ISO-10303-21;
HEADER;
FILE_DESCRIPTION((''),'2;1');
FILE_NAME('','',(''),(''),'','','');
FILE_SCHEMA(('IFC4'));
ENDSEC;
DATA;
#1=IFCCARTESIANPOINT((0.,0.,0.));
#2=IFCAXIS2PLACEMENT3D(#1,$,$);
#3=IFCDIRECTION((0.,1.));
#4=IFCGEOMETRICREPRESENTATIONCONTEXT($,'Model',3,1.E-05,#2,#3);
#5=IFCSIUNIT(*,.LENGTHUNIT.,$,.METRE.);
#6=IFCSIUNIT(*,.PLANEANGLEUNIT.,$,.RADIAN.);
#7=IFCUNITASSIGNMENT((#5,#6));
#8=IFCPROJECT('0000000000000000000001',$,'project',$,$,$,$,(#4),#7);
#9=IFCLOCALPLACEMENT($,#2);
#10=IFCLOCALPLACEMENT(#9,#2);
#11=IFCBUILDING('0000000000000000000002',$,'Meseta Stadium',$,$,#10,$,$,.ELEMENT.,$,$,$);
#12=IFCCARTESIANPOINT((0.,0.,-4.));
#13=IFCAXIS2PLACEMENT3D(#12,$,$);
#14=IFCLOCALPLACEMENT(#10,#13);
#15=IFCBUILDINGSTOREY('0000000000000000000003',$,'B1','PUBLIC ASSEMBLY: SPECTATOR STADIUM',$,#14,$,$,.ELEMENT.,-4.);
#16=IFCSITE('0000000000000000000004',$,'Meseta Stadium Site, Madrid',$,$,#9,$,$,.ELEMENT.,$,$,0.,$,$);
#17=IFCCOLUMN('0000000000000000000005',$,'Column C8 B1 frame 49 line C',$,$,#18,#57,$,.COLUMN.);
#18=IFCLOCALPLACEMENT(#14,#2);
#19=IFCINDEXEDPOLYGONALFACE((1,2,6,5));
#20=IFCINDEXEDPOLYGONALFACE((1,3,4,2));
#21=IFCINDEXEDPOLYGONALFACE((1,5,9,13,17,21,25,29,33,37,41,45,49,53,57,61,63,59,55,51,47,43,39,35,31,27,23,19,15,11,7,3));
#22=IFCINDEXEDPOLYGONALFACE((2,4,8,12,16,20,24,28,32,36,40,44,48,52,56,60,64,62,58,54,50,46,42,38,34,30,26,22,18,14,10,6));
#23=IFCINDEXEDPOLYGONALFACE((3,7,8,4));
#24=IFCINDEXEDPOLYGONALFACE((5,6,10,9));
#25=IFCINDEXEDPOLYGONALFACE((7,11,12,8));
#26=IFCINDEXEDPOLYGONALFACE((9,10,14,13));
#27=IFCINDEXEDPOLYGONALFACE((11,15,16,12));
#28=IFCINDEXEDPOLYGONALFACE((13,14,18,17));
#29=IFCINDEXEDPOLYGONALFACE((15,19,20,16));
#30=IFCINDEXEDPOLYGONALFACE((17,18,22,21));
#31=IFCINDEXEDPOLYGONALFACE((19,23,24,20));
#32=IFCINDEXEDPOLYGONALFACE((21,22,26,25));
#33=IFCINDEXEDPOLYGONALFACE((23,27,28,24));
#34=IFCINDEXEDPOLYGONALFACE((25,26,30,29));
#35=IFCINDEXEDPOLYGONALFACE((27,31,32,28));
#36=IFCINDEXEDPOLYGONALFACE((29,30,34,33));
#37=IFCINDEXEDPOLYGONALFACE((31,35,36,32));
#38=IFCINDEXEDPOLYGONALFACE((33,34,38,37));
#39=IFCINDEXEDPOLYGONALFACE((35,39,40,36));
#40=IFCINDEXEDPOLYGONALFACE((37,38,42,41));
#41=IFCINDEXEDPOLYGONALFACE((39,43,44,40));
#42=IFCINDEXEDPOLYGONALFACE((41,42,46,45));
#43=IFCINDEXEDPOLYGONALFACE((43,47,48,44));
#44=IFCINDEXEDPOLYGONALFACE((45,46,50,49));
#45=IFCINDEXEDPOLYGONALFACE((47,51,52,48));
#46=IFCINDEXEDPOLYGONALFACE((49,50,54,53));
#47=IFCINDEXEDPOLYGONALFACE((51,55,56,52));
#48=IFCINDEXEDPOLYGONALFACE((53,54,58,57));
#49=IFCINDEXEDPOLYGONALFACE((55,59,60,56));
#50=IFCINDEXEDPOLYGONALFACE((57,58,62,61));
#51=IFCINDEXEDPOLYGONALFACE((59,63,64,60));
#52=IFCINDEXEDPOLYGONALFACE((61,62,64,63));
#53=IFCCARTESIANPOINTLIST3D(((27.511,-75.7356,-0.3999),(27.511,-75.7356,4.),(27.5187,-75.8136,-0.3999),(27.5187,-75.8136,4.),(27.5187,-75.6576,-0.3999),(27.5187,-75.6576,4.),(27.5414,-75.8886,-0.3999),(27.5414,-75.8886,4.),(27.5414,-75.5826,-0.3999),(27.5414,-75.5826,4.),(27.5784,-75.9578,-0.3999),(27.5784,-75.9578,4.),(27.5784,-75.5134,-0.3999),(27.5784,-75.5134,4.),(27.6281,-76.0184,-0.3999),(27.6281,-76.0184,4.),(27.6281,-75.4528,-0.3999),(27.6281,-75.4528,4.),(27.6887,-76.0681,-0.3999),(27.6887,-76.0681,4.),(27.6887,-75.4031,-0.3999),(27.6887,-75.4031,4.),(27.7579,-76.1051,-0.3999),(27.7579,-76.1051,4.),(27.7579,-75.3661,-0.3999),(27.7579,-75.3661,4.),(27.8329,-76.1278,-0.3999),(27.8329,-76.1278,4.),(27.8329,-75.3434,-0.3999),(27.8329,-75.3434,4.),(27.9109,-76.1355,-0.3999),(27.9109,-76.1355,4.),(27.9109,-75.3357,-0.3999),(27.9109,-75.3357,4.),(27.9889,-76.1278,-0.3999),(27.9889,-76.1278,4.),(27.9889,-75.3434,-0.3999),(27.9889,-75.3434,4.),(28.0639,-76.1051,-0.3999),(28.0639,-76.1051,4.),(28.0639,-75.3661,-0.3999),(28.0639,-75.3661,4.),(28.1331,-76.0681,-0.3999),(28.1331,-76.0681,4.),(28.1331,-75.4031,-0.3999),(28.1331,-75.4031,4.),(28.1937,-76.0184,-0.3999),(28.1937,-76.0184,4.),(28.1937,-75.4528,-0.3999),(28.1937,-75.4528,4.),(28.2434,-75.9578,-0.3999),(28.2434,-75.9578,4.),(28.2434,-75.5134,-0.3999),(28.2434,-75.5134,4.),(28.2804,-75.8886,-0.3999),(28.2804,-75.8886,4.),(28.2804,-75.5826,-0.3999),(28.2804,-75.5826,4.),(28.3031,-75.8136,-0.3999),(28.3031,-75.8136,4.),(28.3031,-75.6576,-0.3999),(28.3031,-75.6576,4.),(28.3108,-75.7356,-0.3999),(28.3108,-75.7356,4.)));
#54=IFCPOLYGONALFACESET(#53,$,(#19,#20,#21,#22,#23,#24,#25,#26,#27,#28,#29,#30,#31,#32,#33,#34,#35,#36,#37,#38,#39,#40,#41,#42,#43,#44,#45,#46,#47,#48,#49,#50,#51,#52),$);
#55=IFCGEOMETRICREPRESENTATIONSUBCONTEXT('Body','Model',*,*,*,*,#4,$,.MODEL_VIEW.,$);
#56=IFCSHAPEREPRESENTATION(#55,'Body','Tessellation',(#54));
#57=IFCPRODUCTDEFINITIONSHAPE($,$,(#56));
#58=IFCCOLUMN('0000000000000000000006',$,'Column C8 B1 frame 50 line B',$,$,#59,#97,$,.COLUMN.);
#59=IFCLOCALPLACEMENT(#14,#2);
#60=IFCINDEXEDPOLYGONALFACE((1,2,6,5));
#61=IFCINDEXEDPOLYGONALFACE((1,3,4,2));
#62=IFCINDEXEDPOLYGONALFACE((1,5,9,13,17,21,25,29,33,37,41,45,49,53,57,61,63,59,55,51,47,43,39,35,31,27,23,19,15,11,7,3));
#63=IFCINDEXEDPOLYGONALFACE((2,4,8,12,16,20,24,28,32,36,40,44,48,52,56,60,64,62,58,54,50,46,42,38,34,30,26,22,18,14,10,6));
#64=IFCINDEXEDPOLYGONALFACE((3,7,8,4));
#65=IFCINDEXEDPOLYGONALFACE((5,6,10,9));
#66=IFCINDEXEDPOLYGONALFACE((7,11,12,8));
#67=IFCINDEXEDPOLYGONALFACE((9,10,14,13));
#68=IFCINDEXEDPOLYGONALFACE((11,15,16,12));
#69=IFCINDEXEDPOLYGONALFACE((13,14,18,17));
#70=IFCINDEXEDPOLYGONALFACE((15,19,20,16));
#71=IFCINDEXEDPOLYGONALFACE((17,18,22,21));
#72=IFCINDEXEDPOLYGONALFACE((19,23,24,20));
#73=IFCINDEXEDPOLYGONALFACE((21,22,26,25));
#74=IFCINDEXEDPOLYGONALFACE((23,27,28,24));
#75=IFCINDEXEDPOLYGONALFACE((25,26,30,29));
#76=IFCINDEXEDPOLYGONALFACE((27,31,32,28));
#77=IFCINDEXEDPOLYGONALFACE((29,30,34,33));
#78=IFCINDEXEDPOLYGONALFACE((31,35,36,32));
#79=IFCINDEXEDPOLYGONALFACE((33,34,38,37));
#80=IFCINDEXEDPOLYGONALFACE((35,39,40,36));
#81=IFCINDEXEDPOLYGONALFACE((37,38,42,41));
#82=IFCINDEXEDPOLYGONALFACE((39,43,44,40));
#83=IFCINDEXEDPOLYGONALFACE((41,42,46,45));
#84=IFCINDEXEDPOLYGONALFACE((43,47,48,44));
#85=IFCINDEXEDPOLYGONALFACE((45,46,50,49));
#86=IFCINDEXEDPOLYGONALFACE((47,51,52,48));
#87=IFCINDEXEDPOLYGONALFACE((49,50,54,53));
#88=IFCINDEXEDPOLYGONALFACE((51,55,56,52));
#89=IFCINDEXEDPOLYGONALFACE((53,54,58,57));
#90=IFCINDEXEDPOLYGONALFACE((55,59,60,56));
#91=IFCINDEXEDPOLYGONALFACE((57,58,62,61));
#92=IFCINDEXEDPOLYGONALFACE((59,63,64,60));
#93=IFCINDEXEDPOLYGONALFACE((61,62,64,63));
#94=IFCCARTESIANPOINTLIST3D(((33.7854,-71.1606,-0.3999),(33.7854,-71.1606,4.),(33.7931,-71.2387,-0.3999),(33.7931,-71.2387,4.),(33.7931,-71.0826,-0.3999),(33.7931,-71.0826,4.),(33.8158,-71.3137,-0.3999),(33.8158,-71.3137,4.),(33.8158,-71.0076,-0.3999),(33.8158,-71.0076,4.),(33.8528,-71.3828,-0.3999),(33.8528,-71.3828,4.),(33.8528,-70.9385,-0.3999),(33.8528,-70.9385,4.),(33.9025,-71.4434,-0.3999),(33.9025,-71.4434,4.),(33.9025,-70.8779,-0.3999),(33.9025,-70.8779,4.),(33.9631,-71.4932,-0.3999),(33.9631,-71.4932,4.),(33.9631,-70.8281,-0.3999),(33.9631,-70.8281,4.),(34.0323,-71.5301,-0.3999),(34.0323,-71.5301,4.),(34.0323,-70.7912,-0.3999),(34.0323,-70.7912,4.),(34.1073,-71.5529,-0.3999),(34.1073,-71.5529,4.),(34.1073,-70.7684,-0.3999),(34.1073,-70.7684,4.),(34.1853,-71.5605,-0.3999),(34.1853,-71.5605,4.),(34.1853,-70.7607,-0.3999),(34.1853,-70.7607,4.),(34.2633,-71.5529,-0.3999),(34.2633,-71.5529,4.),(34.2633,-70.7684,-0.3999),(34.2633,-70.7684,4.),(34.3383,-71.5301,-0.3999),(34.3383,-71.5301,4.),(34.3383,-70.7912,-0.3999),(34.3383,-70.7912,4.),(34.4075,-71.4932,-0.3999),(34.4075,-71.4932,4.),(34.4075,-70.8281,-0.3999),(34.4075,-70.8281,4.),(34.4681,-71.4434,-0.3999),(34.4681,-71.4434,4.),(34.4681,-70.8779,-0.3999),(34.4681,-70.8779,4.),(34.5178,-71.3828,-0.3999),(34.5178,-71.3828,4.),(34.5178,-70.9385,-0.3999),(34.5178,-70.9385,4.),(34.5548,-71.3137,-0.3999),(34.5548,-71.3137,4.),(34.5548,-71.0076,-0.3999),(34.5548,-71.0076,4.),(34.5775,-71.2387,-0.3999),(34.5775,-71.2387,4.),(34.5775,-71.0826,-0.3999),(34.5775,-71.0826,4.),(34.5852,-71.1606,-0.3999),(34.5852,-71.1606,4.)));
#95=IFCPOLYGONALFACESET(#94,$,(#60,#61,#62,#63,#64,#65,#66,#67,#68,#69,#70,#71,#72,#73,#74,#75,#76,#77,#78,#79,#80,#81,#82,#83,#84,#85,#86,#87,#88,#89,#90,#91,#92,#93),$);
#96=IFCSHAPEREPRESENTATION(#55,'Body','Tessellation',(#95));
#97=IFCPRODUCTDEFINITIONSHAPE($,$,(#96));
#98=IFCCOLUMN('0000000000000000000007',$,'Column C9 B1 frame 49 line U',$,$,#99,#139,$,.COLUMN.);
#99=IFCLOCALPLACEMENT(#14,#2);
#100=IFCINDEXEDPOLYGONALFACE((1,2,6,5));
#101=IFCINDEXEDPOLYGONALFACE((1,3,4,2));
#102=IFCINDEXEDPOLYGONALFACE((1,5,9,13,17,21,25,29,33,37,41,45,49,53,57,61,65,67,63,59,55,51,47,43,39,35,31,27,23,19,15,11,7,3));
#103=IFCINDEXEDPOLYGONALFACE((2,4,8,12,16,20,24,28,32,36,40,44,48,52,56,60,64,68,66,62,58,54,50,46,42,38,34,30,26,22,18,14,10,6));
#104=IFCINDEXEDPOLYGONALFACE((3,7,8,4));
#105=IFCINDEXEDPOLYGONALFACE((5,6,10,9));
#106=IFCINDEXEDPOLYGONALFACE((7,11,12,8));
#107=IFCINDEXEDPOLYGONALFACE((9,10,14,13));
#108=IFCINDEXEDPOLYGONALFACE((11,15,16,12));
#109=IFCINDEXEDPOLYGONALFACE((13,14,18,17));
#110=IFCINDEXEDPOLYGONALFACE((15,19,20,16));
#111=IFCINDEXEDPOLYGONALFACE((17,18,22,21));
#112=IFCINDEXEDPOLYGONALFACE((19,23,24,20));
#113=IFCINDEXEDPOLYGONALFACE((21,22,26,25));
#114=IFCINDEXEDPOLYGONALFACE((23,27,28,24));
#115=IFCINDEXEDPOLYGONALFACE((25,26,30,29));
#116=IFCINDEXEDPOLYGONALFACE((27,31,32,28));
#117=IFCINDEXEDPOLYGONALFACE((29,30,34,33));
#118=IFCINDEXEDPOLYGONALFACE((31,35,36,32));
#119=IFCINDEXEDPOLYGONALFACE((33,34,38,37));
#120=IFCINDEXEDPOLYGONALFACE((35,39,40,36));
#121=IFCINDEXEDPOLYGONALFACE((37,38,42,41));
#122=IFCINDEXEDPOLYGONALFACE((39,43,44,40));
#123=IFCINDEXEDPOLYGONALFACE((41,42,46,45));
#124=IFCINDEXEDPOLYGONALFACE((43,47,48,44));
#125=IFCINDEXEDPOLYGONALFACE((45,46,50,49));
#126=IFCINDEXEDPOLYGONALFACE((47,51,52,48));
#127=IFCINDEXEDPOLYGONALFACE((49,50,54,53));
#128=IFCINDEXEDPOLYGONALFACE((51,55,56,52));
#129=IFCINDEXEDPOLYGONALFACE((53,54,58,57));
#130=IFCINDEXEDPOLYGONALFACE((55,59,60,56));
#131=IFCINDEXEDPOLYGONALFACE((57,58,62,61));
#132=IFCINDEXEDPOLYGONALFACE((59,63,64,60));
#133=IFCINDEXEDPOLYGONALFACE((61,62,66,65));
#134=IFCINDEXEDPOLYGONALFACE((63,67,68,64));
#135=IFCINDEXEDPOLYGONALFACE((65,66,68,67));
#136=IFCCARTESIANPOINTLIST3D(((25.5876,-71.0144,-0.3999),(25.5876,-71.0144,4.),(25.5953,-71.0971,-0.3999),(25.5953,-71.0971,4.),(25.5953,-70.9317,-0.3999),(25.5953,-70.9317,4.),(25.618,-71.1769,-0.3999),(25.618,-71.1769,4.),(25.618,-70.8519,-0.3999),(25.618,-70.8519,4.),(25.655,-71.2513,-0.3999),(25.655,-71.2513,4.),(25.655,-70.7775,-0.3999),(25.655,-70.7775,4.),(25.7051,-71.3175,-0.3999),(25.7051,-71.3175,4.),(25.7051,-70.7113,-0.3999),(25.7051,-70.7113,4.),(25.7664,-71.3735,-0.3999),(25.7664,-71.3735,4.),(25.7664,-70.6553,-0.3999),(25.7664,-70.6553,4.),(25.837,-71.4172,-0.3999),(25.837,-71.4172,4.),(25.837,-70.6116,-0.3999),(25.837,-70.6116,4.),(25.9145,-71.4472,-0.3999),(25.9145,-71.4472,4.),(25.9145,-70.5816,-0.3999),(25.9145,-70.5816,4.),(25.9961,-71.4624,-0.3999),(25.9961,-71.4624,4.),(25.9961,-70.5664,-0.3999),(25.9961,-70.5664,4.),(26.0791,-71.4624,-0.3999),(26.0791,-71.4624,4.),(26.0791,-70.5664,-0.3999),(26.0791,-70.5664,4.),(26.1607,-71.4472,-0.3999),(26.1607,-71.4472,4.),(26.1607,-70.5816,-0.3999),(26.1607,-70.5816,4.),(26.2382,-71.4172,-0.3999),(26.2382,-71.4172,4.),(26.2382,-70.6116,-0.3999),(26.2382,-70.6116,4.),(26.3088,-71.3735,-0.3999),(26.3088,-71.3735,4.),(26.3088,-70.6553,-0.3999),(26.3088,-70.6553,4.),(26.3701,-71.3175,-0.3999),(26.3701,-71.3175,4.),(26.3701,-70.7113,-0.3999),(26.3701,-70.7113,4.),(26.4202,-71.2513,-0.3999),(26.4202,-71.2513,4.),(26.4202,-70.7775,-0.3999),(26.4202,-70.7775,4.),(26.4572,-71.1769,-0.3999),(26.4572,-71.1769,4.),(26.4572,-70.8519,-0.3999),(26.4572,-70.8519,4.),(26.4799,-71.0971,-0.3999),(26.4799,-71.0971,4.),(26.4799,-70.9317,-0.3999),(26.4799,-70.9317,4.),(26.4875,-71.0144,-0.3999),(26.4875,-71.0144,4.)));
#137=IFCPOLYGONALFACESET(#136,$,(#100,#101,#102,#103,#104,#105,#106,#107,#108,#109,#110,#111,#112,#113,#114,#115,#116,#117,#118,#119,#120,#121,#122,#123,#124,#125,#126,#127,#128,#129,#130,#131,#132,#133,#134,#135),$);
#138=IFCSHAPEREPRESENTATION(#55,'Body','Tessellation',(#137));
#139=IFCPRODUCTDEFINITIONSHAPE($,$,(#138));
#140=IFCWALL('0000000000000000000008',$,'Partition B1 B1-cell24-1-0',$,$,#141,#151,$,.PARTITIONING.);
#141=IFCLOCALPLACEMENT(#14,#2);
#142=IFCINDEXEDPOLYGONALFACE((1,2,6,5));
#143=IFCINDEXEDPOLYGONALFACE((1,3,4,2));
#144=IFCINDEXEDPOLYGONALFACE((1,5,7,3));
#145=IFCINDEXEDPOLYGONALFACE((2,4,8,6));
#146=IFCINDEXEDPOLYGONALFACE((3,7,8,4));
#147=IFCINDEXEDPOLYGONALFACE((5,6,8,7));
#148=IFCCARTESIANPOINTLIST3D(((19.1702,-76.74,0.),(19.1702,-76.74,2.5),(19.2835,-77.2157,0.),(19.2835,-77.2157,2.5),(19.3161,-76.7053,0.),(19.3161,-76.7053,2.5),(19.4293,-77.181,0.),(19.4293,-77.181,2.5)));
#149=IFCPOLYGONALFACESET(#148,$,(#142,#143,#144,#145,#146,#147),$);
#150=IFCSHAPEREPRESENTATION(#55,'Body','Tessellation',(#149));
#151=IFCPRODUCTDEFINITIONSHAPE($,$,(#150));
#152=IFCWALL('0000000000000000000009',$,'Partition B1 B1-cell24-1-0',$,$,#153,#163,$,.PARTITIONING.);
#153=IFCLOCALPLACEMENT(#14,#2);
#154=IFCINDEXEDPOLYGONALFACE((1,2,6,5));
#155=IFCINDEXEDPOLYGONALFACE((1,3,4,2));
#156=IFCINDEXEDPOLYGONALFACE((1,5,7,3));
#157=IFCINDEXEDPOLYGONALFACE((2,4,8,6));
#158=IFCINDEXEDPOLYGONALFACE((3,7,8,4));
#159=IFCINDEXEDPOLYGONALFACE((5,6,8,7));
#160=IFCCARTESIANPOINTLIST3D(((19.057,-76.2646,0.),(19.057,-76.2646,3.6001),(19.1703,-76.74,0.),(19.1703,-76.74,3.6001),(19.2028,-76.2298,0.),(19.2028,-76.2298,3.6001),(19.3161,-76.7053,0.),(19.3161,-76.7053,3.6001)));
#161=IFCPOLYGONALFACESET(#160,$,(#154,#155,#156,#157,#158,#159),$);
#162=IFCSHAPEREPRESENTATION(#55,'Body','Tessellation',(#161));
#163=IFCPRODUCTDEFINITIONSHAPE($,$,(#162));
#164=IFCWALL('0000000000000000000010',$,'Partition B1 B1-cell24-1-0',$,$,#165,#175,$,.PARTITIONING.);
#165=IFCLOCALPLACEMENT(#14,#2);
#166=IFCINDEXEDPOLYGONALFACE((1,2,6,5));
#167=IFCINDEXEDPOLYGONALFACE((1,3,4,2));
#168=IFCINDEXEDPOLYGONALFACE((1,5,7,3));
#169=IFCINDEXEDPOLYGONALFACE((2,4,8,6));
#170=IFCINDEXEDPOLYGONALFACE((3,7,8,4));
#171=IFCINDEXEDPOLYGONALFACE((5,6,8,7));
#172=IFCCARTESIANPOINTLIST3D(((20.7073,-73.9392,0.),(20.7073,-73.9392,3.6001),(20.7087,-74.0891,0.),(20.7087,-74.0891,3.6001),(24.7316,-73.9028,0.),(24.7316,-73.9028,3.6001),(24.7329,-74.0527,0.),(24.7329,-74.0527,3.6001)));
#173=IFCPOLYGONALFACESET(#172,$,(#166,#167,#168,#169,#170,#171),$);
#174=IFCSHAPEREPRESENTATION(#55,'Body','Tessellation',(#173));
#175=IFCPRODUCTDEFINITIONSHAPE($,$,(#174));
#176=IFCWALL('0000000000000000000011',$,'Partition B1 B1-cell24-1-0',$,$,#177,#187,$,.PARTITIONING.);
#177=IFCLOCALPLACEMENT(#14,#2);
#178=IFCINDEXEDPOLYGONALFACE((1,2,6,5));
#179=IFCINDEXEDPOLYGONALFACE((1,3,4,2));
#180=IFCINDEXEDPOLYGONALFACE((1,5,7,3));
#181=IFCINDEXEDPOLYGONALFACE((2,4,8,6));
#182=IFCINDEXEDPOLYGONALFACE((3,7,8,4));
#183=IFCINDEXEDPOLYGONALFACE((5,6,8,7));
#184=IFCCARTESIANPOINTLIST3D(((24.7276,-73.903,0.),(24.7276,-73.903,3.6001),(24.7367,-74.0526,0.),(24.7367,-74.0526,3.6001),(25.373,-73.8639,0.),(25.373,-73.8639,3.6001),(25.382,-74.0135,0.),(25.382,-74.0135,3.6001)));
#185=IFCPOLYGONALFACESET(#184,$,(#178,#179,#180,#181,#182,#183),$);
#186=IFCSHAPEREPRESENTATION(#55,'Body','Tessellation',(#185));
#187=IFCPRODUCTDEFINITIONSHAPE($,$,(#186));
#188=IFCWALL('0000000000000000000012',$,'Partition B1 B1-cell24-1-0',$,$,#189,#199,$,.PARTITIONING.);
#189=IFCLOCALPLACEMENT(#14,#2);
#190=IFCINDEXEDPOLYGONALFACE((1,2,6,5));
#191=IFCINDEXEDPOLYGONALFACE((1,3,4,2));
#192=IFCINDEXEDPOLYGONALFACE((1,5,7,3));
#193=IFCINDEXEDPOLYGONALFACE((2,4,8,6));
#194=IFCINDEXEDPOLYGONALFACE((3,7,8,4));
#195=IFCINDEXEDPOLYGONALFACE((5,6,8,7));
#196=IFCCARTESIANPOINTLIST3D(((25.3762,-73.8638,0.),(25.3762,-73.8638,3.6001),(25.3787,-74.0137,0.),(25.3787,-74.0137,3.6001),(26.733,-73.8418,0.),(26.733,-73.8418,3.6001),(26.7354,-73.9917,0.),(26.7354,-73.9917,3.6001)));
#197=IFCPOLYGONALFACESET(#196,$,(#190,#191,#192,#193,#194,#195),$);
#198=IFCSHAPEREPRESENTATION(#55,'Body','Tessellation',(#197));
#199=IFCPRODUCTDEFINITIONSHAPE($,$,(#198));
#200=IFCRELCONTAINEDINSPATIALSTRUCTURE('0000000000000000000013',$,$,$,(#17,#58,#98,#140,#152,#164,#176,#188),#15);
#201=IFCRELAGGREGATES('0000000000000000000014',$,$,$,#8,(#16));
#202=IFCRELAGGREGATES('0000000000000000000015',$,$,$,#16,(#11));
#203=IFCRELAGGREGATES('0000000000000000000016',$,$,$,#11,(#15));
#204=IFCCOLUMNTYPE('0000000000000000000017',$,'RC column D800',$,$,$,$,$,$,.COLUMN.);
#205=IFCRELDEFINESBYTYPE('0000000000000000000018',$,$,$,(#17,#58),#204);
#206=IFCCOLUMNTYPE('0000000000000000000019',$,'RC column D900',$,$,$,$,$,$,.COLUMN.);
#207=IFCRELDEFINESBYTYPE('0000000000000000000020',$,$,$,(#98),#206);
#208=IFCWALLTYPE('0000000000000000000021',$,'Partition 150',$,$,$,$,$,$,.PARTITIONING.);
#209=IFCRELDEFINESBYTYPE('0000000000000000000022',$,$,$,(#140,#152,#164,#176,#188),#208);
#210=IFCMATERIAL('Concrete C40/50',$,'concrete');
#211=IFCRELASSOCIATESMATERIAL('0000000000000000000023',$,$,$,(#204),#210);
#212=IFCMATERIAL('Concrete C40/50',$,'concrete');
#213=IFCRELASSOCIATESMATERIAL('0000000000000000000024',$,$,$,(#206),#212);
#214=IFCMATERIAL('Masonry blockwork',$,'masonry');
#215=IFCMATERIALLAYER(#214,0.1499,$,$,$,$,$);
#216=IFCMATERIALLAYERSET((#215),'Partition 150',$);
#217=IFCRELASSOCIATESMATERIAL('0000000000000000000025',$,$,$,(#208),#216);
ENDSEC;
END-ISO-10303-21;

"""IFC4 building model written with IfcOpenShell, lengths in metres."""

from ifc_helpers import new_model, si_unit, direction, frame, frame_2d, origin, origin_2d, place, context, subcontext, project, spatial, rectangle, circle, extrude, material, layer, layer_set, material_profile, profile_set, type_object, element, save


model = new_model("IFC4")

# Units and contexts
model_context = context("Model", 3, precision=1e-05, world=origin(), true_north=direction((0.0, 1.0)))
body_context = subcontext(model_context, "Body", "Model", "MODEL_VIEW")
ifc_project = project(units=[si_unit("LENGTHUNIT", "METRE"), si_unit("PLANEANGLEUNIT", "RADIAN")], contexts=[model_context])

# Site, building, storey
site_placement = place(None, origin())
site = spatial("IfcSite", under=ifc_project, at=site_placement, Name="Meseta Stadium Site, Madrid", CompositionType="ELEMENT", RefElevation=0.0)
building_placement = place(site_placement, origin())
building = spatial("IfcBuilding", under=site, at=building_placement, Name="Meseta Stadium", CompositionType="ELEMENT")
storey_placement = place(building_placement, frame((0.0, 0.0, -4.0)))
storey = spatial("IfcBuildingStorey", under=building, at=storey_placement, Name="B1", Description="PUBLIC ASSEMBLY: SPECTATOR STADIUM", CompositionType="ELEMENT", Elevation=-4.0)

# Columns
ifc_material_1 = material(Name="Concrete C40/50", Category="concrete")
ifc_material_profile_1 = material_profile(ifc_material_1, circle(Radius=0.3999, at=origin_2d()), Name="RC D800")
ifc_profile_set_1 = profile_set([ifc_material_profile_1], Name="Concrete C40/50")
column_type_1 = type_object("IfcColumnType", Name="RC column D800", PredefinedType="COLUMN", material=ifc_profile_set_1)
for number, where, z_axis, x_axis, name in (
    (1, (27.9109, -75.7356, -0.3999), (0.0, 0.0, 1.0), (1.0, 0.0, 0.0), "Column C8 B1 frame 49 line C"),
    (2, (34.1853, -71.1606, -0.3999), (0.0, 0.0, 1.0), (1.0, 0.0, 0.0), "Column C8 B1 frame 50 line B"),
):
    element("IfcColumn", number, at=place(storey_placement, frame(where, z_axis=z_axis, x_axis=x_axis)), inside=storey, type_object=column_type_1, Name=name, PredefinedType="COLUMN", context=body_context, shape_type="SweptSolid", body=[
        extrude(circle(Radius=0.3999, at=origin_2d()), origin(), (0.0, 0.0, 1.0), 4.3999),
    ])
ifc_material_2 = material(Name="Concrete C40/50", Category="concrete")
ifc_material_profile_2 = material_profile(ifc_material_2, circle(Radius=0.45, at=origin_2d()), Name="RC D900")
ifc_profile_set_2 = profile_set([ifc_material_profile_2], Name="Concrete C40/50")
column_type_2 = type_object("IfcColumnType", Name="RC column D900", PredefinedType="COLUMN", material=ifc_profile_set_2)
column_1_placement = place(storey_placement, frame((26.0376, -71.0144, -0.3999), z_axis=(0.0, 0.0, 1.0), x_axis=(1.0, 0.0, 0.0)))
element("IfcColumn", 3, at=column_1_placement, inside=storey, type_object=column_type_2, Name="Column C9 B1 frame 49 line U", PredefinedType="COLUMN", context=body_context, shape_type="SweptSolid", body=[
    extrude(circle(Radius=0.45, at=origin_2d()), origin(), (0.0, 0.0, 1.0), 4.3999),
])

# Walls
ifc_material_3 = material(Name="Masonry blockwork", Category="masonry")
ifc_layer = layer(ifc_material_3, 0.1499)
ifc_layer_set = layer_set([ifc_layer], Name="Partition 150")
wall_type = type_object("IfcWallType", Name="Partition 150", PredefinedType="PARTITIONING", material=ifc_layer_set)
wall_1_placement = place(storey_placement, frame((19.3564, -77.1985, 0.0), z_axis=(0.0, 0.0, 1.0), x_axis=(-0.231598, 0.972812, 0.0)))
element("IfcWall", 4, at=wall_1_placement, inside=storey, type_object=wall_type, Name="Partition B1 B1-cell24-1-0", PredefinedType="PARTITIONING", context=body_context, shape_type="SweptSolid", body=[
    extrude(rectangle(XDim=0.489, YDim=0.1499, at=frame_2d((0.2446, 0.0))), origin(), (0.0, 0.0, 1.0), 2.5),
])
wall_2_placement = place(storey_placement, frame((19.2432, -76.7227, 0.0), z_axis=(0.0, 0.0, 1.0), x_axis=(-0.231711, 0.972785, 0.0)))
element("IfcWall", 5, at=wall_2_placement, inside=storey, type_object=wall_type, Name="Partition B1 B1-cell24-1-0", PredefinedType="PARTITIONING", context=body_context, shape_type="SweptSolid", body=[
    extrude(rectangle(XDim=0.4888, YDim=0.1499, at=frame_2d((0.2444, 0.0))), origin(), (0.0, 0.0, 1.0), 3.6001),
])
wall_3_placement = place(storey_placement, frame((20.708, -74.0142, 0.0), z_axis=(0.0, 0.0, 1.0), x_axis=(0.999959, 0.009039, 0.0)))
element("IfcWall", 6, at=wall_3_placement, inside=storey, type_object=wall_type, Name="Partition B1 B1-cell24-1-0", PredefinedType="PARTITIONING", context=body_context, shape_type="SweptSolid", body=[
    extrude(rectangle(XDim=4.0244, YDim=0.1499, at=frame_2d((2.0122, 0.0))), origin(), (0.0, 0.0, 1.0), 3.6001),
])
wall_4_placement = place(storey_placement, frame((24.7322, -73.9778, 0.0), z_axis=(0.0, 0.0, 1.0), x_axis=(0.998173, 0.060427, 0.0)))
element("IfcWall", 7, at=wall_4_placement, inside=storey, type_object=wall_type, Name="Partition B1 B1-cell24-1-0", PredefinedType="PARTITIONING", context=body_context, shape_type="SweptSolid", body=[
    extrude(rectangle(XDim=0.6465, YDim=0.1499, at=frame_2d((0.3232, 0.0))), origin(), (0.0, 0.0, 1.0), 3.6001),
])
wall_5_placement = place(storey_placement, frame((25.3774, -73.9387, 0.0), z_axis=(0.0, 0.0, 1.0), x_axis=(0.999869, 0.016194, 0.0)))
element("IfcWall", 8, at=wall_5_placement, inside=storey, type_object=wall_type, Name="Partition B1 B1-cell24-1-0", PredefinedType="PARTITIONING", context=body_context, shape_type="SweptSolid", body=[
    extrude(rectangle(XDim=1.3569, YDim=0.1499, at=frame_2d((0.6785, 0.0))), origin(), (0.0, 0.0, 1.0), 3.6001),
])

save(model, "model.ifc")
